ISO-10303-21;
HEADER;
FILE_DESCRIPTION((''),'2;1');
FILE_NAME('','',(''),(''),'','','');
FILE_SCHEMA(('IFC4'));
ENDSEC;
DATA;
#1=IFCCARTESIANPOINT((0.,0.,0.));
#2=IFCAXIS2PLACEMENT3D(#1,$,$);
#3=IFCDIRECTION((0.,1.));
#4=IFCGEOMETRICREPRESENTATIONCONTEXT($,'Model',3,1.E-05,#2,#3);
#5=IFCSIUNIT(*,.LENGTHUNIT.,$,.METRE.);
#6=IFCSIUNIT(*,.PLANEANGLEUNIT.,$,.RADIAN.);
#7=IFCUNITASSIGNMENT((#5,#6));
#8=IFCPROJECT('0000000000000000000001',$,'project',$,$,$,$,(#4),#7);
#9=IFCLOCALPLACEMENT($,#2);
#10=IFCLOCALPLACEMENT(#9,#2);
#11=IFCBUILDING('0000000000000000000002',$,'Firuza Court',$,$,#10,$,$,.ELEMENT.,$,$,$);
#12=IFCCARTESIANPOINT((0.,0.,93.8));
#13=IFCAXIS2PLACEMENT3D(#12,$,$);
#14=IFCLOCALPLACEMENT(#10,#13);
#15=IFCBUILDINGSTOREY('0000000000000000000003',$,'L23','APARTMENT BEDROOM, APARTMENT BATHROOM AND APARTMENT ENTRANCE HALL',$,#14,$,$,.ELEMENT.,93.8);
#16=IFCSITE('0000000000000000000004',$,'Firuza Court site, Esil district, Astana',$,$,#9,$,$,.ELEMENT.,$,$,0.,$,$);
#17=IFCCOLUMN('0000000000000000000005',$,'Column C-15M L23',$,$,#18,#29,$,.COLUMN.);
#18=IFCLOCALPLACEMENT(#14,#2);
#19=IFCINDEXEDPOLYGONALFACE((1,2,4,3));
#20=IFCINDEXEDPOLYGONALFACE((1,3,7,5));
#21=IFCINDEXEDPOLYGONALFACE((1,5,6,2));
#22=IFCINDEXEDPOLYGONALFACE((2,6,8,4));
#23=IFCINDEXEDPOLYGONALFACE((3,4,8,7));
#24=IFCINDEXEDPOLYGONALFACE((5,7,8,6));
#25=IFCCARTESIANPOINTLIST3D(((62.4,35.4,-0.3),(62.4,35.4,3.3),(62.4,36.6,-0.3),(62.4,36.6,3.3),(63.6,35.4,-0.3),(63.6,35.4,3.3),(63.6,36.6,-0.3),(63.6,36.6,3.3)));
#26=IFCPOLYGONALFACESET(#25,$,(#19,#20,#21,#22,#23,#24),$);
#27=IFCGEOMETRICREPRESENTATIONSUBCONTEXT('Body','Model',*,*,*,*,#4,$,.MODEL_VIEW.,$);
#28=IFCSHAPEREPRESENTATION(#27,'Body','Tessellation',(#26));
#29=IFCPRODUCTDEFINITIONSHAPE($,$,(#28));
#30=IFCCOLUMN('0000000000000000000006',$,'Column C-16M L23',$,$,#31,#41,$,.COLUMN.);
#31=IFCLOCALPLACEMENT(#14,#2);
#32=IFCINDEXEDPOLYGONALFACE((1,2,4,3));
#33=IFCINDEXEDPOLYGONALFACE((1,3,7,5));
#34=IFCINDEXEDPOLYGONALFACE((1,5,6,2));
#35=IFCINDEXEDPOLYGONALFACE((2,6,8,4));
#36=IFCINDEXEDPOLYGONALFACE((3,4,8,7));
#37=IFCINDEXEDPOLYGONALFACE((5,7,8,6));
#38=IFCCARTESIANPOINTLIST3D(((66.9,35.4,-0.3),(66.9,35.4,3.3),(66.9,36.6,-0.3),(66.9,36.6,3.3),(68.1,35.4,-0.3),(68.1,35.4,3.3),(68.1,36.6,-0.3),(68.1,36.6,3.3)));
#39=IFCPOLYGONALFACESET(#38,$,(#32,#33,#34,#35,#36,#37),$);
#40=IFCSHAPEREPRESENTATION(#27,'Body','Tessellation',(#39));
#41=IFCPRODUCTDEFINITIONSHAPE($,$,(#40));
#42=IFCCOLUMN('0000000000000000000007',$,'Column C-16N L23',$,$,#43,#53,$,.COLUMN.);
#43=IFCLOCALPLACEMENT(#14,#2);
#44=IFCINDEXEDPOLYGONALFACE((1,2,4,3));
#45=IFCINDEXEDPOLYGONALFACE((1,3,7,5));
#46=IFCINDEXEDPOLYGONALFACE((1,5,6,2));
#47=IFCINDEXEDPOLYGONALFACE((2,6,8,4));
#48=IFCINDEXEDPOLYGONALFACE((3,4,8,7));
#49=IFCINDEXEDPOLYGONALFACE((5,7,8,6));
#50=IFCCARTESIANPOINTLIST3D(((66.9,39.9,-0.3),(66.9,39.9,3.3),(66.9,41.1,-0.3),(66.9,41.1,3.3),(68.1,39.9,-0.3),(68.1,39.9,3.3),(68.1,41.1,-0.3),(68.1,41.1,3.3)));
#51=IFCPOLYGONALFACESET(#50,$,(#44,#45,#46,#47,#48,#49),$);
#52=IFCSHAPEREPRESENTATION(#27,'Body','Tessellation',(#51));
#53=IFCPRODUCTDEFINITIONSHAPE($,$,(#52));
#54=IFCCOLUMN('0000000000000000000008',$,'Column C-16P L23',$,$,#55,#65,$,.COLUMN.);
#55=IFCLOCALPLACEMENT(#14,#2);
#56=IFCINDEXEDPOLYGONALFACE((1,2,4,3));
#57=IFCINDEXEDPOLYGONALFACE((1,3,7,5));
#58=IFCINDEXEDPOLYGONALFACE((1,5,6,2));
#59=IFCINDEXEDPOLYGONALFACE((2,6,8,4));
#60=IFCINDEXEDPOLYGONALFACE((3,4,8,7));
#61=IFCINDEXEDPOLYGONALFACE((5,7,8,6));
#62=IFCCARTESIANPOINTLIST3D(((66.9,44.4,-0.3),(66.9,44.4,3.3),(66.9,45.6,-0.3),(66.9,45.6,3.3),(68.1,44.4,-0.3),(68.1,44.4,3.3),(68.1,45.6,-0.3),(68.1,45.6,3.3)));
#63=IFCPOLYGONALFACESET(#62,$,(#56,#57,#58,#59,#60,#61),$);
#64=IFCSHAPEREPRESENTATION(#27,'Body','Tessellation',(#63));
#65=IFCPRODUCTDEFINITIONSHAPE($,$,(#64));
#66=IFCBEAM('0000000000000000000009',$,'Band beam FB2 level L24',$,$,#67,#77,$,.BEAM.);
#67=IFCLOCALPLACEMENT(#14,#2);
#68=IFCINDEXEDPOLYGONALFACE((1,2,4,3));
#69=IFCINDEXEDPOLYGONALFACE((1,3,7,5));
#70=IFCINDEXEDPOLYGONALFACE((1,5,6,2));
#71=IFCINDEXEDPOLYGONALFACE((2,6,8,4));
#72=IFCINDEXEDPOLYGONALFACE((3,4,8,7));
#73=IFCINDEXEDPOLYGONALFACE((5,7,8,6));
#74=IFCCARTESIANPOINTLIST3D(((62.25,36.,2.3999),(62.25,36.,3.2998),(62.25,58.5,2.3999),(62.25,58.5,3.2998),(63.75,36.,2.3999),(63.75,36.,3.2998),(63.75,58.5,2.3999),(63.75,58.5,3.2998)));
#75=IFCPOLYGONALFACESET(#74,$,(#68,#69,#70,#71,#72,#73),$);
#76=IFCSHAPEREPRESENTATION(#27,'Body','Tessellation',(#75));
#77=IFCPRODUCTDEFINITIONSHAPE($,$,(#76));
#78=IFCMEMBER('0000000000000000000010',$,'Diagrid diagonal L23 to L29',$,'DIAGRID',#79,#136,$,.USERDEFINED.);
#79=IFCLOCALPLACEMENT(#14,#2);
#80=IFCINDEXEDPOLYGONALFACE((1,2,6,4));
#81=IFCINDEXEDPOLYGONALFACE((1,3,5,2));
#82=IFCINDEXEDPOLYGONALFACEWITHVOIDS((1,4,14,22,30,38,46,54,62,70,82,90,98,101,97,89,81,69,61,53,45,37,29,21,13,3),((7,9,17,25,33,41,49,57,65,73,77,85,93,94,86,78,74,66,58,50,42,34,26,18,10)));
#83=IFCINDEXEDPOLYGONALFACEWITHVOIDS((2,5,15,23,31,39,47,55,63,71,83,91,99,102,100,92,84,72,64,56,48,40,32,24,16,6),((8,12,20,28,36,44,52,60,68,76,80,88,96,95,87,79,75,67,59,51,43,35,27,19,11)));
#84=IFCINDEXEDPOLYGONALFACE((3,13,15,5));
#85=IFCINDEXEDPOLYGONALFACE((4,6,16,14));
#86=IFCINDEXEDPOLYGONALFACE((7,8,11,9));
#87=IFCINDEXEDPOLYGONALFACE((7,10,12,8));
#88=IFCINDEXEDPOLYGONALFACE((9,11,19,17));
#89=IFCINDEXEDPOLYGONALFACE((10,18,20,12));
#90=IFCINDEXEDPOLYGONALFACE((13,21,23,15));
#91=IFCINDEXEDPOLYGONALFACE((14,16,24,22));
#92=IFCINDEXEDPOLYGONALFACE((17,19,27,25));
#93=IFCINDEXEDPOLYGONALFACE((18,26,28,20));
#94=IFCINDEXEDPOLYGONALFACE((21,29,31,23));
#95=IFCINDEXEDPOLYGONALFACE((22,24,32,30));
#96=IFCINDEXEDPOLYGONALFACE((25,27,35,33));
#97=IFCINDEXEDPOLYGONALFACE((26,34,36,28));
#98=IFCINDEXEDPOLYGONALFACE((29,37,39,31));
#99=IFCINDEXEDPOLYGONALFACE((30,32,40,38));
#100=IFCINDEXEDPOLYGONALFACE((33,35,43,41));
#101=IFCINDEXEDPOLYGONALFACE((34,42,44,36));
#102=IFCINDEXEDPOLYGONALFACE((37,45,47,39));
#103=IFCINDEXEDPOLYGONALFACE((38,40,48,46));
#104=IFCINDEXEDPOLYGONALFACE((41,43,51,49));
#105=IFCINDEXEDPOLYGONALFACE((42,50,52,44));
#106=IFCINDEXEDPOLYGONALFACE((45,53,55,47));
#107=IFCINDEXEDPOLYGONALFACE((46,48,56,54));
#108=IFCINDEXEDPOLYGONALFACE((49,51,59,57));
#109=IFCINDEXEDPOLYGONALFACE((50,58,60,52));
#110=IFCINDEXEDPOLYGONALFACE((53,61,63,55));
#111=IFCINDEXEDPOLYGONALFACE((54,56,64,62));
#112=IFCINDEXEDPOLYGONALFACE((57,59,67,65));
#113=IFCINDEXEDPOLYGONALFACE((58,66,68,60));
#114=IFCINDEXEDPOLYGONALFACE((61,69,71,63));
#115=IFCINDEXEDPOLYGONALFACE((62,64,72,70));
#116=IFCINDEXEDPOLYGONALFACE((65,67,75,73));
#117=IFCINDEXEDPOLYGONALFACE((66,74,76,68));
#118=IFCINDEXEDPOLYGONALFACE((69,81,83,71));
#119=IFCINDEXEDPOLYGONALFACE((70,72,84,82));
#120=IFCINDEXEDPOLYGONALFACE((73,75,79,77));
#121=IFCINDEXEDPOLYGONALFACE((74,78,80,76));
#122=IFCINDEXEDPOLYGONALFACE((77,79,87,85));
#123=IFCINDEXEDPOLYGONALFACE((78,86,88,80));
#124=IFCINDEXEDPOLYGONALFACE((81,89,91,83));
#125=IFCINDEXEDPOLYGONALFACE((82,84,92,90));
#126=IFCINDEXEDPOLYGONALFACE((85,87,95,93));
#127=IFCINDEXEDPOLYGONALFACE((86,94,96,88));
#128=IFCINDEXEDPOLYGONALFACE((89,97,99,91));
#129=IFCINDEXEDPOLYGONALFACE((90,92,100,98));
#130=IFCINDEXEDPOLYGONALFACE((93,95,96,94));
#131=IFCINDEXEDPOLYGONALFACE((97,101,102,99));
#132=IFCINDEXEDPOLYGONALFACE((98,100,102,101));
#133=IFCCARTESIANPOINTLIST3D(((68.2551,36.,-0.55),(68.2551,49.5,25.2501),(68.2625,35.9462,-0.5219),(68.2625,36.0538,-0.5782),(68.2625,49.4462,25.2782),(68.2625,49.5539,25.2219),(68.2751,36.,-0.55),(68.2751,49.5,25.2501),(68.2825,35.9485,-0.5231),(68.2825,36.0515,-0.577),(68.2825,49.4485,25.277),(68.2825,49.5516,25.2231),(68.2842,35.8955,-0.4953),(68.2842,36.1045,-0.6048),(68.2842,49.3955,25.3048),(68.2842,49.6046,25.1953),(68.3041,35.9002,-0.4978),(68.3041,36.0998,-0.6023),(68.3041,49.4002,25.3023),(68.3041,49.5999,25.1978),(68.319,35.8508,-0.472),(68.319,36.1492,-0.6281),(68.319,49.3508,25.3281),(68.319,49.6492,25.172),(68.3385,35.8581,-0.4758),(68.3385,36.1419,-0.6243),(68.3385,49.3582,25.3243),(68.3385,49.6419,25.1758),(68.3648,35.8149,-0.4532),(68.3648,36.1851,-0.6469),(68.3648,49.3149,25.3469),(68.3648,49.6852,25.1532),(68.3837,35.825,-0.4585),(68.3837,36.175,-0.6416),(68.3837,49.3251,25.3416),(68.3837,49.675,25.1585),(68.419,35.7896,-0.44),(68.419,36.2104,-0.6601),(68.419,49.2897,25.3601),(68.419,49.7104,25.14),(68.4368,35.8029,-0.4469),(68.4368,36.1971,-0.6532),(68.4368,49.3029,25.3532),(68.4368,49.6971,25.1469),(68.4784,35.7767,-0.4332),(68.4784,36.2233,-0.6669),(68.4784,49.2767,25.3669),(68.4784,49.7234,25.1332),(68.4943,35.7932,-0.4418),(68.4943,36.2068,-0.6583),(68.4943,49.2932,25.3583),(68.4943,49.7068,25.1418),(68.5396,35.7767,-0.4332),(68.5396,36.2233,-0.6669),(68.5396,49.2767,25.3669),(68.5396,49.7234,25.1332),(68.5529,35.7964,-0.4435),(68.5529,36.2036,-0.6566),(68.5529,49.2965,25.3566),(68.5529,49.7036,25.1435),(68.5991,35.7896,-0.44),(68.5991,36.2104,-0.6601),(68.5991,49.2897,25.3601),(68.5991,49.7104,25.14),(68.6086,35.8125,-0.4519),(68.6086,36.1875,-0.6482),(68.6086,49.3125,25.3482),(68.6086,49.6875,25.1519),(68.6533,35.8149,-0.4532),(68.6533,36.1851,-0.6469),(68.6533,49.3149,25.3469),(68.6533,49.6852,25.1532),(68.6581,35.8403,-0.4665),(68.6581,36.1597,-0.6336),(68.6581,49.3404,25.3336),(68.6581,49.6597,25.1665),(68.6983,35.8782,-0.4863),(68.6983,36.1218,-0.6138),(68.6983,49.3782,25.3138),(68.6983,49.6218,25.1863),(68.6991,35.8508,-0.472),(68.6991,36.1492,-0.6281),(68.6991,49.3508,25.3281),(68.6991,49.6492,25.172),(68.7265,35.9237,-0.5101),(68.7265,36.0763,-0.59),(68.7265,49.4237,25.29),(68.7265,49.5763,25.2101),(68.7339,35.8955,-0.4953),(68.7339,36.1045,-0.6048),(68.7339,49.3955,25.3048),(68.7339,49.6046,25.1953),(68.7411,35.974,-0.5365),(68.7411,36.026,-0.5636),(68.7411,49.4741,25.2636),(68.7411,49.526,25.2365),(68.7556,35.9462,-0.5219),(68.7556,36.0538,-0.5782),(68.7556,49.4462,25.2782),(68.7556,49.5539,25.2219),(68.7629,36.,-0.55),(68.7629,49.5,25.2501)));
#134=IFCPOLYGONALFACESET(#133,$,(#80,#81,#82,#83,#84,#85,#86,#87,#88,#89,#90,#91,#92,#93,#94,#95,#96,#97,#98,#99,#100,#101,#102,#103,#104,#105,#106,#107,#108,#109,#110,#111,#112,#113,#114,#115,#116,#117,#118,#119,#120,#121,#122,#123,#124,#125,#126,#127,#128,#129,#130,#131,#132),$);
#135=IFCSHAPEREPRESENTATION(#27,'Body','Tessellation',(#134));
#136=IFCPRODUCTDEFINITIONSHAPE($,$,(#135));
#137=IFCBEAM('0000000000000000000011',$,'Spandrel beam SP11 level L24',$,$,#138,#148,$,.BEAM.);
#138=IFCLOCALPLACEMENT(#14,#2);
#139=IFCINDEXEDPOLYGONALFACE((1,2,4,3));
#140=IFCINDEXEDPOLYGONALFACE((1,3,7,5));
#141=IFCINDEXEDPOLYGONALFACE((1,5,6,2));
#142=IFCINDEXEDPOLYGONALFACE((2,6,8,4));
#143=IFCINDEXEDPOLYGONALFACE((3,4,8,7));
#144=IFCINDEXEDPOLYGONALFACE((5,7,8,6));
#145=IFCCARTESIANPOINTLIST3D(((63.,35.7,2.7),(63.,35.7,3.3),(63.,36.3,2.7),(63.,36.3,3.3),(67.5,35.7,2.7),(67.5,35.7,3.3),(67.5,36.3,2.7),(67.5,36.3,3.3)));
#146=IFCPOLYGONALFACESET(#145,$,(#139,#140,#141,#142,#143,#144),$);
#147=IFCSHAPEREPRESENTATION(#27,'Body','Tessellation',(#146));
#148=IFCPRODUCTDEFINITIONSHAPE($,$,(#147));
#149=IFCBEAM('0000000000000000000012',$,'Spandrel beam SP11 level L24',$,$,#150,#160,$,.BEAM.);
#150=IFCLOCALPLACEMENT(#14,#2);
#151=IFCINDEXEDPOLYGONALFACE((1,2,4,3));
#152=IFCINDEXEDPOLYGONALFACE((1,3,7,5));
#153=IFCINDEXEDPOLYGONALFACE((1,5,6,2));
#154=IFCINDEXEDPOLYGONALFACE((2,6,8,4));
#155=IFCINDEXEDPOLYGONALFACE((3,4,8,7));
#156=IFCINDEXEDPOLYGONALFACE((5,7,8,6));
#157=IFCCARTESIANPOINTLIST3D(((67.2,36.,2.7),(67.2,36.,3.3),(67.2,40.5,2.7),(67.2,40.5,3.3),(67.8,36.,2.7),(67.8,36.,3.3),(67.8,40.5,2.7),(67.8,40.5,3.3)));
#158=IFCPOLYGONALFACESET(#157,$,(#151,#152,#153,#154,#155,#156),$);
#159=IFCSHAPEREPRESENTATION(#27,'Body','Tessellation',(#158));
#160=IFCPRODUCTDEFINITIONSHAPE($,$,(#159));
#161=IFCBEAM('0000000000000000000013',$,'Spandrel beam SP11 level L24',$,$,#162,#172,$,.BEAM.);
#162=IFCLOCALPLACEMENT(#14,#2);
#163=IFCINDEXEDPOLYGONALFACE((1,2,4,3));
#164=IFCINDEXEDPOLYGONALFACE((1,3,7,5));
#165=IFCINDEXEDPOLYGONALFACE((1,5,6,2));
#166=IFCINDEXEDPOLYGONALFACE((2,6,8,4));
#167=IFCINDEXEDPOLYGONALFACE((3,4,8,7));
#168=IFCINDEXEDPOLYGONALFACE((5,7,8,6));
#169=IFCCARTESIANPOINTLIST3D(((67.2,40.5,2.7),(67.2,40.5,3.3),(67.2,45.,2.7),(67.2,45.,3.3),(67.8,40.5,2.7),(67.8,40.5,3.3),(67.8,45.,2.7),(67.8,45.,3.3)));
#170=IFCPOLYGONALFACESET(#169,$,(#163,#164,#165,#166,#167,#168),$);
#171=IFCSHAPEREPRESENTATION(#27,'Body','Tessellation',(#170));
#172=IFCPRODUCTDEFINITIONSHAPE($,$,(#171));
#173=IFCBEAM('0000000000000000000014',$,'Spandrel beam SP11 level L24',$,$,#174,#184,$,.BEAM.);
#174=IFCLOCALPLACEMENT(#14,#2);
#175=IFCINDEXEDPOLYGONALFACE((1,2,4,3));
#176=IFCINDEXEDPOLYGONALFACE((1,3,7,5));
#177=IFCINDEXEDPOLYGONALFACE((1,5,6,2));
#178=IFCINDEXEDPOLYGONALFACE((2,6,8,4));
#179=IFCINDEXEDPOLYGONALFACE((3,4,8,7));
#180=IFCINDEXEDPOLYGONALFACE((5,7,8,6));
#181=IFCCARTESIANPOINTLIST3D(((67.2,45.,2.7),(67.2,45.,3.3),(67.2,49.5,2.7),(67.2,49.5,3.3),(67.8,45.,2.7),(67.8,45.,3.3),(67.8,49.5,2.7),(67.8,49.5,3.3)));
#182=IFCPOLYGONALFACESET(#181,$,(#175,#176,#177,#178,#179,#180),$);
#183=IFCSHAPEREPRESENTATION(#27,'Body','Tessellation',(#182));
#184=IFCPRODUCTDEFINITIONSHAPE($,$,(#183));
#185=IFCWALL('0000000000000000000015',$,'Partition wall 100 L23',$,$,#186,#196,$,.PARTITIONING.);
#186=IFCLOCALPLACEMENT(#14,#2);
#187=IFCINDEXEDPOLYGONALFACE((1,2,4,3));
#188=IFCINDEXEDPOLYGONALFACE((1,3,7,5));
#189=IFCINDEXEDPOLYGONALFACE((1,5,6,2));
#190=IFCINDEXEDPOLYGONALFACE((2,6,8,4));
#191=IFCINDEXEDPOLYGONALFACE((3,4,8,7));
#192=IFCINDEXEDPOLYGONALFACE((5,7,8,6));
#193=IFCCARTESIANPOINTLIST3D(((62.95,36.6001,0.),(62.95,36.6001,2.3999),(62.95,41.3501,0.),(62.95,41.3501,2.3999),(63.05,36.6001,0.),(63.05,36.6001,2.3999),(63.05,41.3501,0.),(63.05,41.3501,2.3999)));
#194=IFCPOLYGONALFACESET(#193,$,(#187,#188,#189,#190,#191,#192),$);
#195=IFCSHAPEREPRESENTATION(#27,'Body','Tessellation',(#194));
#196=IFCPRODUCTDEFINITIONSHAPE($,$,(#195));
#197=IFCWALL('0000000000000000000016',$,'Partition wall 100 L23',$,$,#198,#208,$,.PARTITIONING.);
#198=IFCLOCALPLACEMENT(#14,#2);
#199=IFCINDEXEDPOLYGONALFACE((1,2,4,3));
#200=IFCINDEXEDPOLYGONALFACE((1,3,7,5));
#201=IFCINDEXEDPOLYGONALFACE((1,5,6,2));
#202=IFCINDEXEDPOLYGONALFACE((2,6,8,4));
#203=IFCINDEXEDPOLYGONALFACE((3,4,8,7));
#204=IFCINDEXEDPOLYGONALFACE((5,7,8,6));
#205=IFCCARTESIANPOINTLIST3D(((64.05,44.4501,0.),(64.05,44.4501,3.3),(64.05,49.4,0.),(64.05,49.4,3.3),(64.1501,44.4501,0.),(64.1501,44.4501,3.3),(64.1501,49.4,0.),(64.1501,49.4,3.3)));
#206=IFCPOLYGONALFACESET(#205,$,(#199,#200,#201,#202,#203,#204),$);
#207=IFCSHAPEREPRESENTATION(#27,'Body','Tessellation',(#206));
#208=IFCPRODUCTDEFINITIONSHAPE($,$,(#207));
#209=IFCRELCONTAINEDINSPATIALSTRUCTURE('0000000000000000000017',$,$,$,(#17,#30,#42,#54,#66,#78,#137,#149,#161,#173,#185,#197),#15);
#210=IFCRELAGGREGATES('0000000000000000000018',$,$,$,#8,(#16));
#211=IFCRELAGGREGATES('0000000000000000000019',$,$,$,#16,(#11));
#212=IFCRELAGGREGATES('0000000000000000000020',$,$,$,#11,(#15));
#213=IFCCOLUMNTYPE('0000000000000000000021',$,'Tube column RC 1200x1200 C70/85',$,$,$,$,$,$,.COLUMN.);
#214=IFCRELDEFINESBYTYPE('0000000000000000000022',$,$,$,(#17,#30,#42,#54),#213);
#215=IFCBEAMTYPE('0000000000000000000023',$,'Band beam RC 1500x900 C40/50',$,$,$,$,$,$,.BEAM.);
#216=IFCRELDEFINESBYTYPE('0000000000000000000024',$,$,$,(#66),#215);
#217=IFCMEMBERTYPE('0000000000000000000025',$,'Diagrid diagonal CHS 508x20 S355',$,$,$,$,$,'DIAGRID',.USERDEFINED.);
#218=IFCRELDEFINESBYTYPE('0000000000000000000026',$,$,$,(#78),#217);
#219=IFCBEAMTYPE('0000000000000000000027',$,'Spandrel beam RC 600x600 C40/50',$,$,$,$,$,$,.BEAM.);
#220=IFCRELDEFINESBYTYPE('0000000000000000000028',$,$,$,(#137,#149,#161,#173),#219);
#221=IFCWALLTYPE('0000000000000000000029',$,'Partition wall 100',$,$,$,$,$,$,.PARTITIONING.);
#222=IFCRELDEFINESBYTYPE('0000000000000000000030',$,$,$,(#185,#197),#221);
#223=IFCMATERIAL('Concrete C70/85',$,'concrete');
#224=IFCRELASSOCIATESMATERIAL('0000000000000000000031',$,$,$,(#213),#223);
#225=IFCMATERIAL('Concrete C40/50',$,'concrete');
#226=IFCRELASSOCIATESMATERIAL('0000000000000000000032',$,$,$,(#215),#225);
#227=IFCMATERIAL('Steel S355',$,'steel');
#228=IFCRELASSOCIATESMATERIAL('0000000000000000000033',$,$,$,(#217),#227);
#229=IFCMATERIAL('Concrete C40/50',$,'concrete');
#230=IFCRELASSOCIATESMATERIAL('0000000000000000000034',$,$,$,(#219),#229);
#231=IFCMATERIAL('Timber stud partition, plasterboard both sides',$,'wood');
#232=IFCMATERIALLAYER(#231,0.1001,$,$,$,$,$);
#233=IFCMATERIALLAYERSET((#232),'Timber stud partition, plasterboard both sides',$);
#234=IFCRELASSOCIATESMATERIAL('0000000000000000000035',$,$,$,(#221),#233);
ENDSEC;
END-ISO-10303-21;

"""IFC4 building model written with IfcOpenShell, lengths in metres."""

from ifc_helpers import new_model, si_unit, direction, frame, frame_2d, origin, origin_2d, place, context, subcontext, project, spatial, rectangle, hollow_circle, extrude, material, layer, layer_set, material_profile, profile_set, type_object, element, save


model = new_model("IFC4")

# Units and contexts
model_context = context("Model", 3, precision=1e-05, world=origin(), true_north=direction((0.0, 1.0)))
body_context = subcontext(model_context, "Body", "Model", "MODEL_VIEW")
ifc_project = project(units=[si_unit("LENGTHUNIT", "METRE"), si_unit("PLANEANGLEUNIT", "RADIAN")], contexts=[model_context])

# Site, building, storey
site_placement = place(None, origin())
site = spatial("IfcSite", under=ifc_project, at=site_placement, Name="Firuza Court site, Esil district, Astana", CompositionType="ELEMENT", RefElevation=0.0)
building_placement = place(site_placement, origin())
building = spatial("IfcBuilding", under=site, at=building_placement, Name="Firuza Court", CompositionType="ELEMENT")
storey_placement = place(building_placement, frame((0.0, 0.0, 93.8)))
storey = spatial("IfcBuildingStorey", under=building, at=storey_placement, Name="L23", Description="APARTMENT BEDROOM, APARTMENT BATHROOM AND APARTMENT ENTRANCE HALL", CompositionType="ELEMENT", Elevation=93.8)

# Columns
ifc_material_1 = material(Name="Concrete C70/85", Category="concrete")
ifc_material_profile_1 = material_profile(ifc_material_1, rectangle(XDim=1.2, YDim=1.2, at=origin_2d()), Name="RC 1200x1200")
ifc_profile_set_1 = profile_set([ifc_material_profile_1], Name="Concrete C70/85")
column_type = type_object("IfcColumnType", Name="Tube column RC 1200x1200 C70/85", PredefinedType="COLUMN", material=ifc_profile_set_1)
for number, where, z_axis, x_axis, name in (
    (1, (63.0, 36.0, -0.3), (0.0, 0.0, 1.0), (1.0, 0.0, 0.0), "Column C-15M L23"),
    (2, (67.5, 36.0, -0.3), (0.0, 0.0, 1.0), (1.0, 0.0, 0.0), "Column C-16M L23"),
    (3, (67.5, 40.5, -0.3), (0.0, 0.0, 1.0), (1.0, 0.0, 0.0), "Column C-16N L23"),
    (4, (67.5, 45.0, -0.3), (0.0, 0.0, 1.0), (1.0, 0.0, 0.0), "Column C-16P L23"),
):
    element("IfcColumn", number, at=place(storey_placement, frame(where, z_axis=z_axis, x_axis=x_axis)), inside=storey, type_object=column_type, Name=name, PredefinedType="COLUMN", context=body_context, shape_type="SweptSolid", body=[
        extrude(rectangle(XDim=1.2, YDim=1.2, at=origin_2d()), origin(), (0.0, 0.0, 1.0), 3.6001),
    ])

# Beam
ifc_material_2 = material(Name="Concrete C40/50", Category="concrete")
ifc_material_profile_2 = material_profile(ifc_material_2, rectangle(XDim=1.5, YDim=0.8999, at=origin_2d()), Name="RC 1500x900")
ifc_profile_set_2 = profile_set([ifc_material_profile_2], Name="Concrete C40/50")
beam_type_1 = type_object("IfcBeamType", Name="Band beam RC 1500x900 C40/50", PredefinedType="BEAM", material=ifc_profile_set_2)
beam_placement = place(storey_placement, frame((63.0, 36.0, 2.8499), z_axis=(0.0, 1.0, 0.0), x_axis=(-1.0, 0.0, 0.0)))
element("IfcBeam", 5, at=beam_placement, inside=storey, type_object=beam_type_1, Name="Band beam FB2 level L24", PredefinedType="BEAM", context=body_context, shape_type="SweptSolid", body=[
    extrude(rectangle(XDim=1.5, YDim=0.8999, at=origin_2d()), origin(), (0.0, 0.0, 1.0), 22.5),
])

# Member
ifc_material_3 = material(Name="Steel S355", Category="steel")
ifc_material_profile_3 = material_profile(ifc_material_3, hollow_circle(Radius=0.2539, WallThickness=0.02, at=origin_2d()), Name="CHS 508x20")
ifc_profile_set_3 = profile_set([ifc_material_profile_3], Name="Steel S355")
member_type = type_object("IfcMemberType", Name="Diagrid diagonal CHS 508x20 S355", ElementType="DIAGRID", PredefinedType="USERDEFINED", material=ifc_profile_set_3)
member_placement = place(storey_placement, frame((68.509, 36.0, -0.55), z_axis=(0.0, 0.463621, 0.886033), x_axis=(-1.0, 0.0, 0.0)))
element("IfcMember", 6, at=member_placement, inside=storey, type_object=member_type, Name="Diagrid diagonal L23 to L29", ObjectType="DIAGRID", PredefinedType="USERDEFINED", context=body_context, shape_type="SweptSolid", body=[
    extrude(hollow_circle(Radius=0.2539, WallThickness=0.02, at=origin_2d()), origin(), (0.0, 0.0, 1.0), 29.1187),
])

# Beams
ifc_material_4 = material(Name="Concrete C40/50", Category="concrete")
ifc_material_profile_4 = material_profile(ifc_material_4, rectangle(XDim=0.6001, YDim=0.6001, at=origin_2d()), Name="RC 600x600")
ifc_profile_set_4 = profile_set([ifc_material_profile_4], Name="Concrete C40/50")
beam_type_2 = type_object("IfcBeamType", Name="Spandrel beam RC 600x600 C40/50", PredefinedType="BEAM", material=ifc_profile_set_4)
for number, where, z_axis, x_axis, name in (
    (7, (63.0, 36.0, 3.0), (1.0, 0.0, 0.0), (0.0, 1.0, 0.0), "Spandrel beam SP11 level L24"),
    (8, (67.5, 36.0, 3.0), (0.0, 1.0, 0.0), (-1.0, 0.0, 0.0), "Spandrel beam SP11 level L24"),
    (9, (67.5, 40.5, 3.0), (0.0, 1.0, 0.0), (-1.0, 0.0, 0.0), "Spandrel beam SP11 level L24"),
    (10, (67.5, 45.0, 3.0), (0.0, 1.0, 0.0), (-1.0, 0.0, 0.0), "Spandrel beam SP11 level L24"),
):
    element("IfcBeam", number, at=place(storey_placement, frame(where, z_axis=z_axis, x_axis=x_axis)), inside=storey, type_object=beam_type_2, Name=name, PredefinedType="BEAM", context=body_context, shape_type="SweptSolid", body=[
        extrude(rectangle(XDim=0.6001, YDim=0.6001, at=origin_2d()), origin(), (0.0, 0.0, 1.0), 4.5),
    ])

# Walls
ifc_material_5 = material(Name="Timber stud partition, plasterboard both sides", Category="wood")
ifc_layer_1 = layer(ifc_material_5, 0.1001)
ifc_layer_set_1 = layer_set([ifc_layer_1], Name="Timber stud partition, plasterboard both sides")
wall_type_1 = type_object("IfcWallType", Name="Partition wall 100", PredefinedType="PARTITIONING", material=ifc_layer_set_1)
wall_1_placement = place(storey_placement, frame((63.0, 36.6001, 0.0), z_axis=(0.0, 0.0, 1.0), x_axis=(0.0, 1.0, 0.0)))
element("IfcWall", 11, at=wall_1_placement, inside=storey, type_object=wall_type_1, Name="Partition wall 100 L23", PredefinedType="PARTITIONING", context=body_context, shape_type="SweptSolid", body=[
    extrude(rectangle(XDim=4.75, YDim=0.1001, at=frame_2d((2.375, 0.0))), origin(), (0.0, 0.0, 1.0), 2.3999),
])
wall_2_placement = place(storey_placement, frame((64.1001, 44.45, 0.0), z_axis=(0.0, 0.0, 1.0), x_axis=(0.0, 1.0, 0.0)))
element("IfcWall", 12, at=wall_2_placement, inside=storey, type_object=wall_type_1, Name="Partition wall 100 L23", PredefinedType="PARTITIONING", context=body_context, shape_type="SweptSolid", body=[
    extrude(rectangle(XDim=4.95, YDim=0.1001, at=frame_2d((2.4751, 0.0))), origin(), (0.0, 0.0, 1.0), 3.3),
])

save(model, "model.ifc")
